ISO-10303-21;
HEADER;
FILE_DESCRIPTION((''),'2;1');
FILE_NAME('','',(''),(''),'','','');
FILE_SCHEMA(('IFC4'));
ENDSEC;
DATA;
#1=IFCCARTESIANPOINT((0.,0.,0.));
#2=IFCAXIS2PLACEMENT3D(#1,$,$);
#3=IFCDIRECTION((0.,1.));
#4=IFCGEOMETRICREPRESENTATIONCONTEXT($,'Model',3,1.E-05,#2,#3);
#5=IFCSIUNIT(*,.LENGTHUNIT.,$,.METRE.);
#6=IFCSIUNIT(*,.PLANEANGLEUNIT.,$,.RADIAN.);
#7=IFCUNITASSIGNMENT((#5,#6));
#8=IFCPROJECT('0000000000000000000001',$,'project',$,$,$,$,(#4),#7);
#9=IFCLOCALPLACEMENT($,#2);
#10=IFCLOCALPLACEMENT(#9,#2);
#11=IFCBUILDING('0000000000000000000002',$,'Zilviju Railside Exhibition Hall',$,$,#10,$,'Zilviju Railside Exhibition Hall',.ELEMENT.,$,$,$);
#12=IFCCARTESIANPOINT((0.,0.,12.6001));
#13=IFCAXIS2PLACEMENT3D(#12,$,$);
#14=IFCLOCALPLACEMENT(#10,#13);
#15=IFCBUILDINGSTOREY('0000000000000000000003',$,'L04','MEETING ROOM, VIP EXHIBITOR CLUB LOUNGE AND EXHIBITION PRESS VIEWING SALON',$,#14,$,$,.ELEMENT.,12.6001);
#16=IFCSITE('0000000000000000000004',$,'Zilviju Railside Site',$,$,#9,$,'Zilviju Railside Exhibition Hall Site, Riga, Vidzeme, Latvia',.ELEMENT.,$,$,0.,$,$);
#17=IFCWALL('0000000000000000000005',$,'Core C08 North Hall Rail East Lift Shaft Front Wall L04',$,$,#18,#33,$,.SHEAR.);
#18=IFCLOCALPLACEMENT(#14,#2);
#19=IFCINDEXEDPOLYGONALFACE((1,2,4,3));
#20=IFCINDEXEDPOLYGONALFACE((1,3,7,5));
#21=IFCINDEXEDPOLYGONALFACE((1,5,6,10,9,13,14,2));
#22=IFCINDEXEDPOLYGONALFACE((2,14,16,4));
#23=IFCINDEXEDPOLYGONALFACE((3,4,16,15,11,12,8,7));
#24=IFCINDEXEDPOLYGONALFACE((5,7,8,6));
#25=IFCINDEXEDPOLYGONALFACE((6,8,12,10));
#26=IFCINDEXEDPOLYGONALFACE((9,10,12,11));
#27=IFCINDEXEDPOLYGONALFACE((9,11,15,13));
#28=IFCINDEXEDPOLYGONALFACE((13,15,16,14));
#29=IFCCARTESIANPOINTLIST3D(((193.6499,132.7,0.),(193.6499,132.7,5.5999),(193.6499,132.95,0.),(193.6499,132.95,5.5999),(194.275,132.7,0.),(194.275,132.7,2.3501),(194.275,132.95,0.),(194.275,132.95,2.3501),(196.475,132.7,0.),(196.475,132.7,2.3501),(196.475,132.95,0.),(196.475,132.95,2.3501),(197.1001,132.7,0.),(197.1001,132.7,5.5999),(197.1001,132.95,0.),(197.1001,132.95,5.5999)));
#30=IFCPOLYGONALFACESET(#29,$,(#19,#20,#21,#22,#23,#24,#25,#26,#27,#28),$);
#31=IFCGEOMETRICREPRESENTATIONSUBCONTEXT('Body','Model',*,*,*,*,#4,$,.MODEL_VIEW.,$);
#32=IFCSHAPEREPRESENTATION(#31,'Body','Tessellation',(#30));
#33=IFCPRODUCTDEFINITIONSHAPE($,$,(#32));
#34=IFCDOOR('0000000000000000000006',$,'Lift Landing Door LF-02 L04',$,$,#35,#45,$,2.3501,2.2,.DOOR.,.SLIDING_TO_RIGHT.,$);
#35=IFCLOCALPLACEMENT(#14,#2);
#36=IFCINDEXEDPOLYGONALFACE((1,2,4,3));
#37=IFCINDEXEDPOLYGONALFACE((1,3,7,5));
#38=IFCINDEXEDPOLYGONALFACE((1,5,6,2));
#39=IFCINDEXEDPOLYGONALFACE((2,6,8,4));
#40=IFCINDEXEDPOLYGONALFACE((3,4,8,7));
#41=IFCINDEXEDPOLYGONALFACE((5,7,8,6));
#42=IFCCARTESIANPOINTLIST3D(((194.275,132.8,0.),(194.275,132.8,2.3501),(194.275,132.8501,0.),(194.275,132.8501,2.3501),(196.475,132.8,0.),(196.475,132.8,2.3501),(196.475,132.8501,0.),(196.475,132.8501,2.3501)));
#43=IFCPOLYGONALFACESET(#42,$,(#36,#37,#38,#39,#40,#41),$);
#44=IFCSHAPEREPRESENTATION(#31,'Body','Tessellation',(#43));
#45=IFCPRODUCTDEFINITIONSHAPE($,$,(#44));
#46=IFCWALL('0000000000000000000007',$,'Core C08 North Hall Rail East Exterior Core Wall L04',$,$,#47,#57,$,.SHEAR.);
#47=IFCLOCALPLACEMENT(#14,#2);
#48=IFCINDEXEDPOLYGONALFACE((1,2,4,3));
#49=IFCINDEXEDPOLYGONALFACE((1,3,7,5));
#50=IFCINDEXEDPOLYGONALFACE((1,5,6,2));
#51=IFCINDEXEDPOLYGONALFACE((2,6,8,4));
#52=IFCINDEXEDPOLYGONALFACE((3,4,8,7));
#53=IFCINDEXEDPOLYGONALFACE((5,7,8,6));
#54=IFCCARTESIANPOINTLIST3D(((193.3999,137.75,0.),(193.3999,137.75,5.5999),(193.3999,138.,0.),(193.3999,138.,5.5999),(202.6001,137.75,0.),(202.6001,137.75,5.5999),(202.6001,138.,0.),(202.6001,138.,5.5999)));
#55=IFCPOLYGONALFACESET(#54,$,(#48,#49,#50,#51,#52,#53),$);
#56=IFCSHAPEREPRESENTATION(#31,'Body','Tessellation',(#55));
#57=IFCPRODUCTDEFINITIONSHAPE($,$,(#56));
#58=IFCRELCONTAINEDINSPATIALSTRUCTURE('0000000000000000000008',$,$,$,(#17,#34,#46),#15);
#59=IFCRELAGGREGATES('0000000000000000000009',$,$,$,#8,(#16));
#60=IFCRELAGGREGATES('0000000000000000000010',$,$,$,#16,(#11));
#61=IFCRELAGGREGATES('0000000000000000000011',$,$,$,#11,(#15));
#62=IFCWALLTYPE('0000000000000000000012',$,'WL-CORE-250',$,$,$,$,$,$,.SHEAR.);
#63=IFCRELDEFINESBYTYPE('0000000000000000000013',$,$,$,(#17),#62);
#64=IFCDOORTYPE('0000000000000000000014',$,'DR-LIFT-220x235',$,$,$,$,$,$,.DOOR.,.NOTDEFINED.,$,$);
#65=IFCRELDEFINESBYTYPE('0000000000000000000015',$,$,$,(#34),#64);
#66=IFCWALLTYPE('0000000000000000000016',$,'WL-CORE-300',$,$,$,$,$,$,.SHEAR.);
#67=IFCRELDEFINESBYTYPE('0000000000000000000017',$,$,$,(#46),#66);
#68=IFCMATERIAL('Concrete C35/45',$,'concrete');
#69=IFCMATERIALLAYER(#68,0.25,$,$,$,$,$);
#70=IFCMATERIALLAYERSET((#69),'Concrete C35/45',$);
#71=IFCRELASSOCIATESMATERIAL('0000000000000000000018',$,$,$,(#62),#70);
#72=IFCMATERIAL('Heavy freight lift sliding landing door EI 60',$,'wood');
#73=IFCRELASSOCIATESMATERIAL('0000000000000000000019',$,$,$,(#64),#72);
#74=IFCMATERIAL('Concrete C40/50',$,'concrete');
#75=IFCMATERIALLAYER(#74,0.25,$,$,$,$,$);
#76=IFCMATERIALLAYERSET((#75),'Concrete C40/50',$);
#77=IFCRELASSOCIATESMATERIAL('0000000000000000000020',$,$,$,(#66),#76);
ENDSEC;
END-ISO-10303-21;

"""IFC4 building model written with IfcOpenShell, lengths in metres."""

from ifc_helpers import new_model, si_unit, direction, frame, frame_2d, origin, place, context, subcontext, project, spatial, rectangle, extrude, material, layer, layer_set, type_object, element, fill, save


model = new_model("IFC4")

# Units and contexts
model_context = context("Model", 3, precision=1e-05, world=origin(), true_north=direction((0.0, 1.0)))
body_context = subcontext(model_context, "Body", "Model", "MODEL_VIEW")
ifc_project = project(units=[si_unit("LENGTHUNIT", "METRE"), si_unit("PLANEANGLEUNIT", "RADIAN")], contexts=[model_context])

# Site, building, storey
site_placement = place(None, origin())
site = spatial("IfcSite", under=ifc_project, at=site_placement, Name="Zilviju Railside Site", LongName="Zilviju Railside Exhibition Hall Site, Riga, Vidzeme, Latvia", CompositionType="ELEMENT", RefElevation=0.0)
building_placement = place(site_placement, origin())
building = spatial("IfcBuilding", under=site, at=building_placement, Name="Zilviju Railside Exhibition Hall", LongName="Zilviju Railside Exhibition Hall", CompositionType="ELEMENT")
storey_placement = place(building_placement, frame((0.0, 0.0, 12.6001)))
storey = spatial("IfcBuildingStorey", under=building, at=storey_placement, Name="L04", Description="MEETING ROOM, VIP EXHIBITOR CLUB LOUNGE AND EXHIBITION PRESS VIEWING SALON", CompositionType="ELEMENT", Elevation=12.6001)

# Wall, opening, door
ifc_material_1 = material(Name="Concrete C35/45", Category="concrete")
ifc_layer_1 = layer(ifc_material_1, 0.25)
ifc_layer_set_1 = layer_set([ifc_layer_1], Name="Concrete C35/45")
wall_type_1 = type_object("IfcWallType", Name="WL-CORE-250", PredefinedType="SHEAR", material=ifc_layer_set_1)
wall_1_placement = place(storey_placement, frame((197.1001, 132.825, 0.0), z_axis=(0.0, 0.0, 1.0), x_axis=(-1.0, 0.0, 0.0)))
wall_1 = element("IfcWall", 1, at=wall_1_placement, inside=storey, type_object=wall_type_1, Name="Core C08 North Hall Rail East Lift Shaft Front Wall L04", PredefinedType="SHEAR", context=body_context, shape_type="SweptSolid", body=[
    extrude(rectangle(XDim=3.4502, YDim=0.25, at=frame_2d((1.7251, 0.0))), origin(), (0.0, 0.0, 1.0), 5.5999),
])
opening_1_placement = place(wall_1_placement, frame((0.625, 0.0, 0.0)))
opening_1 = element("IfcOpeningElement", 2, at=opening_1_placement, cuts=wall_1, PredefinedType="OPENING", context=body_context, shape_type="SweptSolid", body=[
    extrude(rectangle(XDim=2.2, YDim=2.3501, at=frame_2d((1.1001, 1.175))), frame((0.0, 0.135, 0.0), z_axis=(0.0, -1.0, 0.0), x_axis=(1.0, 0.0, 0.0)), (0.0, 0.0, 1.0), 0.27),
])
ifc_material_2 = material(Name="Heavy freight lift sliding landing door EI 60", Category="wood")
door_type_1 = type_object("IfcDoorType", Name="DR-LIFT-220x235", OperationType="NOTDEFINED", PredefinedType="DOOR", material=ifc_material_2)
door_1_placement = place(opening_1_placement, origin())
door_1 = element("IfcDoor", 3, at=door_1_placement, inside=storey, type_object=door_type_1, Name="Lift Landing Door LF-02 L04", OperationType="SLIDING_TO_RIGHT", OverallHeight=2.3501, OverallWidth=2.2, PredefinedType="DOOR", context=body_context, shape_type="SweptSolid", body=[
    extrude(rectangle(XDim=2.2, YDim=2.3501, at=frame_2d((1.1001, 1.175))), frame((0.0, 0.0249, 0.0), z_axis=(0.0, -1.0, 0.0), x_axis=(1.0, 0.0, 0.0)), (0.0, 0.0, 1.0), 0.05),
])
fill(opening_1, door_1)

# Wall
ifc_material_3 = material(Name="Concrete C40/50", Category="concrete")
ifc_layer_2 = layer(ifc_material_3, 0.25)
ifc_layer_set_2 = layer_set([ifc_layer_2], Name="Concrete C40/50")
wall_type_2 = type_object("IfcWallType", Name="WL-CORE-300", PredefinedType="SHEAR", material=ifc_layer_set_2)
wall_2_placement = place(storey_placement, frame((193.3999, 137.875, 0.0), z_axis=(0.0, 0.0, 1.0), x_axis=(1.0, 0.0, 0.0)))
element("IfcWall", 4, at=wall_2_placement, inside=storey, type_object=wall_type_2, Name="Core C08 North Hall Rail East Exterior Core Wall L04", PredefinedType="SHEAR", context=body_context, shape_type="SweptSolid", body=[
    extrude(rectangle(XDim=9.2002, YDim=0.25, at=frame_2d((4.6001, 0.0))), origin(), (0.0, 0.0, 1.0), 5.5999),
])

save(model, "model.ifc")
